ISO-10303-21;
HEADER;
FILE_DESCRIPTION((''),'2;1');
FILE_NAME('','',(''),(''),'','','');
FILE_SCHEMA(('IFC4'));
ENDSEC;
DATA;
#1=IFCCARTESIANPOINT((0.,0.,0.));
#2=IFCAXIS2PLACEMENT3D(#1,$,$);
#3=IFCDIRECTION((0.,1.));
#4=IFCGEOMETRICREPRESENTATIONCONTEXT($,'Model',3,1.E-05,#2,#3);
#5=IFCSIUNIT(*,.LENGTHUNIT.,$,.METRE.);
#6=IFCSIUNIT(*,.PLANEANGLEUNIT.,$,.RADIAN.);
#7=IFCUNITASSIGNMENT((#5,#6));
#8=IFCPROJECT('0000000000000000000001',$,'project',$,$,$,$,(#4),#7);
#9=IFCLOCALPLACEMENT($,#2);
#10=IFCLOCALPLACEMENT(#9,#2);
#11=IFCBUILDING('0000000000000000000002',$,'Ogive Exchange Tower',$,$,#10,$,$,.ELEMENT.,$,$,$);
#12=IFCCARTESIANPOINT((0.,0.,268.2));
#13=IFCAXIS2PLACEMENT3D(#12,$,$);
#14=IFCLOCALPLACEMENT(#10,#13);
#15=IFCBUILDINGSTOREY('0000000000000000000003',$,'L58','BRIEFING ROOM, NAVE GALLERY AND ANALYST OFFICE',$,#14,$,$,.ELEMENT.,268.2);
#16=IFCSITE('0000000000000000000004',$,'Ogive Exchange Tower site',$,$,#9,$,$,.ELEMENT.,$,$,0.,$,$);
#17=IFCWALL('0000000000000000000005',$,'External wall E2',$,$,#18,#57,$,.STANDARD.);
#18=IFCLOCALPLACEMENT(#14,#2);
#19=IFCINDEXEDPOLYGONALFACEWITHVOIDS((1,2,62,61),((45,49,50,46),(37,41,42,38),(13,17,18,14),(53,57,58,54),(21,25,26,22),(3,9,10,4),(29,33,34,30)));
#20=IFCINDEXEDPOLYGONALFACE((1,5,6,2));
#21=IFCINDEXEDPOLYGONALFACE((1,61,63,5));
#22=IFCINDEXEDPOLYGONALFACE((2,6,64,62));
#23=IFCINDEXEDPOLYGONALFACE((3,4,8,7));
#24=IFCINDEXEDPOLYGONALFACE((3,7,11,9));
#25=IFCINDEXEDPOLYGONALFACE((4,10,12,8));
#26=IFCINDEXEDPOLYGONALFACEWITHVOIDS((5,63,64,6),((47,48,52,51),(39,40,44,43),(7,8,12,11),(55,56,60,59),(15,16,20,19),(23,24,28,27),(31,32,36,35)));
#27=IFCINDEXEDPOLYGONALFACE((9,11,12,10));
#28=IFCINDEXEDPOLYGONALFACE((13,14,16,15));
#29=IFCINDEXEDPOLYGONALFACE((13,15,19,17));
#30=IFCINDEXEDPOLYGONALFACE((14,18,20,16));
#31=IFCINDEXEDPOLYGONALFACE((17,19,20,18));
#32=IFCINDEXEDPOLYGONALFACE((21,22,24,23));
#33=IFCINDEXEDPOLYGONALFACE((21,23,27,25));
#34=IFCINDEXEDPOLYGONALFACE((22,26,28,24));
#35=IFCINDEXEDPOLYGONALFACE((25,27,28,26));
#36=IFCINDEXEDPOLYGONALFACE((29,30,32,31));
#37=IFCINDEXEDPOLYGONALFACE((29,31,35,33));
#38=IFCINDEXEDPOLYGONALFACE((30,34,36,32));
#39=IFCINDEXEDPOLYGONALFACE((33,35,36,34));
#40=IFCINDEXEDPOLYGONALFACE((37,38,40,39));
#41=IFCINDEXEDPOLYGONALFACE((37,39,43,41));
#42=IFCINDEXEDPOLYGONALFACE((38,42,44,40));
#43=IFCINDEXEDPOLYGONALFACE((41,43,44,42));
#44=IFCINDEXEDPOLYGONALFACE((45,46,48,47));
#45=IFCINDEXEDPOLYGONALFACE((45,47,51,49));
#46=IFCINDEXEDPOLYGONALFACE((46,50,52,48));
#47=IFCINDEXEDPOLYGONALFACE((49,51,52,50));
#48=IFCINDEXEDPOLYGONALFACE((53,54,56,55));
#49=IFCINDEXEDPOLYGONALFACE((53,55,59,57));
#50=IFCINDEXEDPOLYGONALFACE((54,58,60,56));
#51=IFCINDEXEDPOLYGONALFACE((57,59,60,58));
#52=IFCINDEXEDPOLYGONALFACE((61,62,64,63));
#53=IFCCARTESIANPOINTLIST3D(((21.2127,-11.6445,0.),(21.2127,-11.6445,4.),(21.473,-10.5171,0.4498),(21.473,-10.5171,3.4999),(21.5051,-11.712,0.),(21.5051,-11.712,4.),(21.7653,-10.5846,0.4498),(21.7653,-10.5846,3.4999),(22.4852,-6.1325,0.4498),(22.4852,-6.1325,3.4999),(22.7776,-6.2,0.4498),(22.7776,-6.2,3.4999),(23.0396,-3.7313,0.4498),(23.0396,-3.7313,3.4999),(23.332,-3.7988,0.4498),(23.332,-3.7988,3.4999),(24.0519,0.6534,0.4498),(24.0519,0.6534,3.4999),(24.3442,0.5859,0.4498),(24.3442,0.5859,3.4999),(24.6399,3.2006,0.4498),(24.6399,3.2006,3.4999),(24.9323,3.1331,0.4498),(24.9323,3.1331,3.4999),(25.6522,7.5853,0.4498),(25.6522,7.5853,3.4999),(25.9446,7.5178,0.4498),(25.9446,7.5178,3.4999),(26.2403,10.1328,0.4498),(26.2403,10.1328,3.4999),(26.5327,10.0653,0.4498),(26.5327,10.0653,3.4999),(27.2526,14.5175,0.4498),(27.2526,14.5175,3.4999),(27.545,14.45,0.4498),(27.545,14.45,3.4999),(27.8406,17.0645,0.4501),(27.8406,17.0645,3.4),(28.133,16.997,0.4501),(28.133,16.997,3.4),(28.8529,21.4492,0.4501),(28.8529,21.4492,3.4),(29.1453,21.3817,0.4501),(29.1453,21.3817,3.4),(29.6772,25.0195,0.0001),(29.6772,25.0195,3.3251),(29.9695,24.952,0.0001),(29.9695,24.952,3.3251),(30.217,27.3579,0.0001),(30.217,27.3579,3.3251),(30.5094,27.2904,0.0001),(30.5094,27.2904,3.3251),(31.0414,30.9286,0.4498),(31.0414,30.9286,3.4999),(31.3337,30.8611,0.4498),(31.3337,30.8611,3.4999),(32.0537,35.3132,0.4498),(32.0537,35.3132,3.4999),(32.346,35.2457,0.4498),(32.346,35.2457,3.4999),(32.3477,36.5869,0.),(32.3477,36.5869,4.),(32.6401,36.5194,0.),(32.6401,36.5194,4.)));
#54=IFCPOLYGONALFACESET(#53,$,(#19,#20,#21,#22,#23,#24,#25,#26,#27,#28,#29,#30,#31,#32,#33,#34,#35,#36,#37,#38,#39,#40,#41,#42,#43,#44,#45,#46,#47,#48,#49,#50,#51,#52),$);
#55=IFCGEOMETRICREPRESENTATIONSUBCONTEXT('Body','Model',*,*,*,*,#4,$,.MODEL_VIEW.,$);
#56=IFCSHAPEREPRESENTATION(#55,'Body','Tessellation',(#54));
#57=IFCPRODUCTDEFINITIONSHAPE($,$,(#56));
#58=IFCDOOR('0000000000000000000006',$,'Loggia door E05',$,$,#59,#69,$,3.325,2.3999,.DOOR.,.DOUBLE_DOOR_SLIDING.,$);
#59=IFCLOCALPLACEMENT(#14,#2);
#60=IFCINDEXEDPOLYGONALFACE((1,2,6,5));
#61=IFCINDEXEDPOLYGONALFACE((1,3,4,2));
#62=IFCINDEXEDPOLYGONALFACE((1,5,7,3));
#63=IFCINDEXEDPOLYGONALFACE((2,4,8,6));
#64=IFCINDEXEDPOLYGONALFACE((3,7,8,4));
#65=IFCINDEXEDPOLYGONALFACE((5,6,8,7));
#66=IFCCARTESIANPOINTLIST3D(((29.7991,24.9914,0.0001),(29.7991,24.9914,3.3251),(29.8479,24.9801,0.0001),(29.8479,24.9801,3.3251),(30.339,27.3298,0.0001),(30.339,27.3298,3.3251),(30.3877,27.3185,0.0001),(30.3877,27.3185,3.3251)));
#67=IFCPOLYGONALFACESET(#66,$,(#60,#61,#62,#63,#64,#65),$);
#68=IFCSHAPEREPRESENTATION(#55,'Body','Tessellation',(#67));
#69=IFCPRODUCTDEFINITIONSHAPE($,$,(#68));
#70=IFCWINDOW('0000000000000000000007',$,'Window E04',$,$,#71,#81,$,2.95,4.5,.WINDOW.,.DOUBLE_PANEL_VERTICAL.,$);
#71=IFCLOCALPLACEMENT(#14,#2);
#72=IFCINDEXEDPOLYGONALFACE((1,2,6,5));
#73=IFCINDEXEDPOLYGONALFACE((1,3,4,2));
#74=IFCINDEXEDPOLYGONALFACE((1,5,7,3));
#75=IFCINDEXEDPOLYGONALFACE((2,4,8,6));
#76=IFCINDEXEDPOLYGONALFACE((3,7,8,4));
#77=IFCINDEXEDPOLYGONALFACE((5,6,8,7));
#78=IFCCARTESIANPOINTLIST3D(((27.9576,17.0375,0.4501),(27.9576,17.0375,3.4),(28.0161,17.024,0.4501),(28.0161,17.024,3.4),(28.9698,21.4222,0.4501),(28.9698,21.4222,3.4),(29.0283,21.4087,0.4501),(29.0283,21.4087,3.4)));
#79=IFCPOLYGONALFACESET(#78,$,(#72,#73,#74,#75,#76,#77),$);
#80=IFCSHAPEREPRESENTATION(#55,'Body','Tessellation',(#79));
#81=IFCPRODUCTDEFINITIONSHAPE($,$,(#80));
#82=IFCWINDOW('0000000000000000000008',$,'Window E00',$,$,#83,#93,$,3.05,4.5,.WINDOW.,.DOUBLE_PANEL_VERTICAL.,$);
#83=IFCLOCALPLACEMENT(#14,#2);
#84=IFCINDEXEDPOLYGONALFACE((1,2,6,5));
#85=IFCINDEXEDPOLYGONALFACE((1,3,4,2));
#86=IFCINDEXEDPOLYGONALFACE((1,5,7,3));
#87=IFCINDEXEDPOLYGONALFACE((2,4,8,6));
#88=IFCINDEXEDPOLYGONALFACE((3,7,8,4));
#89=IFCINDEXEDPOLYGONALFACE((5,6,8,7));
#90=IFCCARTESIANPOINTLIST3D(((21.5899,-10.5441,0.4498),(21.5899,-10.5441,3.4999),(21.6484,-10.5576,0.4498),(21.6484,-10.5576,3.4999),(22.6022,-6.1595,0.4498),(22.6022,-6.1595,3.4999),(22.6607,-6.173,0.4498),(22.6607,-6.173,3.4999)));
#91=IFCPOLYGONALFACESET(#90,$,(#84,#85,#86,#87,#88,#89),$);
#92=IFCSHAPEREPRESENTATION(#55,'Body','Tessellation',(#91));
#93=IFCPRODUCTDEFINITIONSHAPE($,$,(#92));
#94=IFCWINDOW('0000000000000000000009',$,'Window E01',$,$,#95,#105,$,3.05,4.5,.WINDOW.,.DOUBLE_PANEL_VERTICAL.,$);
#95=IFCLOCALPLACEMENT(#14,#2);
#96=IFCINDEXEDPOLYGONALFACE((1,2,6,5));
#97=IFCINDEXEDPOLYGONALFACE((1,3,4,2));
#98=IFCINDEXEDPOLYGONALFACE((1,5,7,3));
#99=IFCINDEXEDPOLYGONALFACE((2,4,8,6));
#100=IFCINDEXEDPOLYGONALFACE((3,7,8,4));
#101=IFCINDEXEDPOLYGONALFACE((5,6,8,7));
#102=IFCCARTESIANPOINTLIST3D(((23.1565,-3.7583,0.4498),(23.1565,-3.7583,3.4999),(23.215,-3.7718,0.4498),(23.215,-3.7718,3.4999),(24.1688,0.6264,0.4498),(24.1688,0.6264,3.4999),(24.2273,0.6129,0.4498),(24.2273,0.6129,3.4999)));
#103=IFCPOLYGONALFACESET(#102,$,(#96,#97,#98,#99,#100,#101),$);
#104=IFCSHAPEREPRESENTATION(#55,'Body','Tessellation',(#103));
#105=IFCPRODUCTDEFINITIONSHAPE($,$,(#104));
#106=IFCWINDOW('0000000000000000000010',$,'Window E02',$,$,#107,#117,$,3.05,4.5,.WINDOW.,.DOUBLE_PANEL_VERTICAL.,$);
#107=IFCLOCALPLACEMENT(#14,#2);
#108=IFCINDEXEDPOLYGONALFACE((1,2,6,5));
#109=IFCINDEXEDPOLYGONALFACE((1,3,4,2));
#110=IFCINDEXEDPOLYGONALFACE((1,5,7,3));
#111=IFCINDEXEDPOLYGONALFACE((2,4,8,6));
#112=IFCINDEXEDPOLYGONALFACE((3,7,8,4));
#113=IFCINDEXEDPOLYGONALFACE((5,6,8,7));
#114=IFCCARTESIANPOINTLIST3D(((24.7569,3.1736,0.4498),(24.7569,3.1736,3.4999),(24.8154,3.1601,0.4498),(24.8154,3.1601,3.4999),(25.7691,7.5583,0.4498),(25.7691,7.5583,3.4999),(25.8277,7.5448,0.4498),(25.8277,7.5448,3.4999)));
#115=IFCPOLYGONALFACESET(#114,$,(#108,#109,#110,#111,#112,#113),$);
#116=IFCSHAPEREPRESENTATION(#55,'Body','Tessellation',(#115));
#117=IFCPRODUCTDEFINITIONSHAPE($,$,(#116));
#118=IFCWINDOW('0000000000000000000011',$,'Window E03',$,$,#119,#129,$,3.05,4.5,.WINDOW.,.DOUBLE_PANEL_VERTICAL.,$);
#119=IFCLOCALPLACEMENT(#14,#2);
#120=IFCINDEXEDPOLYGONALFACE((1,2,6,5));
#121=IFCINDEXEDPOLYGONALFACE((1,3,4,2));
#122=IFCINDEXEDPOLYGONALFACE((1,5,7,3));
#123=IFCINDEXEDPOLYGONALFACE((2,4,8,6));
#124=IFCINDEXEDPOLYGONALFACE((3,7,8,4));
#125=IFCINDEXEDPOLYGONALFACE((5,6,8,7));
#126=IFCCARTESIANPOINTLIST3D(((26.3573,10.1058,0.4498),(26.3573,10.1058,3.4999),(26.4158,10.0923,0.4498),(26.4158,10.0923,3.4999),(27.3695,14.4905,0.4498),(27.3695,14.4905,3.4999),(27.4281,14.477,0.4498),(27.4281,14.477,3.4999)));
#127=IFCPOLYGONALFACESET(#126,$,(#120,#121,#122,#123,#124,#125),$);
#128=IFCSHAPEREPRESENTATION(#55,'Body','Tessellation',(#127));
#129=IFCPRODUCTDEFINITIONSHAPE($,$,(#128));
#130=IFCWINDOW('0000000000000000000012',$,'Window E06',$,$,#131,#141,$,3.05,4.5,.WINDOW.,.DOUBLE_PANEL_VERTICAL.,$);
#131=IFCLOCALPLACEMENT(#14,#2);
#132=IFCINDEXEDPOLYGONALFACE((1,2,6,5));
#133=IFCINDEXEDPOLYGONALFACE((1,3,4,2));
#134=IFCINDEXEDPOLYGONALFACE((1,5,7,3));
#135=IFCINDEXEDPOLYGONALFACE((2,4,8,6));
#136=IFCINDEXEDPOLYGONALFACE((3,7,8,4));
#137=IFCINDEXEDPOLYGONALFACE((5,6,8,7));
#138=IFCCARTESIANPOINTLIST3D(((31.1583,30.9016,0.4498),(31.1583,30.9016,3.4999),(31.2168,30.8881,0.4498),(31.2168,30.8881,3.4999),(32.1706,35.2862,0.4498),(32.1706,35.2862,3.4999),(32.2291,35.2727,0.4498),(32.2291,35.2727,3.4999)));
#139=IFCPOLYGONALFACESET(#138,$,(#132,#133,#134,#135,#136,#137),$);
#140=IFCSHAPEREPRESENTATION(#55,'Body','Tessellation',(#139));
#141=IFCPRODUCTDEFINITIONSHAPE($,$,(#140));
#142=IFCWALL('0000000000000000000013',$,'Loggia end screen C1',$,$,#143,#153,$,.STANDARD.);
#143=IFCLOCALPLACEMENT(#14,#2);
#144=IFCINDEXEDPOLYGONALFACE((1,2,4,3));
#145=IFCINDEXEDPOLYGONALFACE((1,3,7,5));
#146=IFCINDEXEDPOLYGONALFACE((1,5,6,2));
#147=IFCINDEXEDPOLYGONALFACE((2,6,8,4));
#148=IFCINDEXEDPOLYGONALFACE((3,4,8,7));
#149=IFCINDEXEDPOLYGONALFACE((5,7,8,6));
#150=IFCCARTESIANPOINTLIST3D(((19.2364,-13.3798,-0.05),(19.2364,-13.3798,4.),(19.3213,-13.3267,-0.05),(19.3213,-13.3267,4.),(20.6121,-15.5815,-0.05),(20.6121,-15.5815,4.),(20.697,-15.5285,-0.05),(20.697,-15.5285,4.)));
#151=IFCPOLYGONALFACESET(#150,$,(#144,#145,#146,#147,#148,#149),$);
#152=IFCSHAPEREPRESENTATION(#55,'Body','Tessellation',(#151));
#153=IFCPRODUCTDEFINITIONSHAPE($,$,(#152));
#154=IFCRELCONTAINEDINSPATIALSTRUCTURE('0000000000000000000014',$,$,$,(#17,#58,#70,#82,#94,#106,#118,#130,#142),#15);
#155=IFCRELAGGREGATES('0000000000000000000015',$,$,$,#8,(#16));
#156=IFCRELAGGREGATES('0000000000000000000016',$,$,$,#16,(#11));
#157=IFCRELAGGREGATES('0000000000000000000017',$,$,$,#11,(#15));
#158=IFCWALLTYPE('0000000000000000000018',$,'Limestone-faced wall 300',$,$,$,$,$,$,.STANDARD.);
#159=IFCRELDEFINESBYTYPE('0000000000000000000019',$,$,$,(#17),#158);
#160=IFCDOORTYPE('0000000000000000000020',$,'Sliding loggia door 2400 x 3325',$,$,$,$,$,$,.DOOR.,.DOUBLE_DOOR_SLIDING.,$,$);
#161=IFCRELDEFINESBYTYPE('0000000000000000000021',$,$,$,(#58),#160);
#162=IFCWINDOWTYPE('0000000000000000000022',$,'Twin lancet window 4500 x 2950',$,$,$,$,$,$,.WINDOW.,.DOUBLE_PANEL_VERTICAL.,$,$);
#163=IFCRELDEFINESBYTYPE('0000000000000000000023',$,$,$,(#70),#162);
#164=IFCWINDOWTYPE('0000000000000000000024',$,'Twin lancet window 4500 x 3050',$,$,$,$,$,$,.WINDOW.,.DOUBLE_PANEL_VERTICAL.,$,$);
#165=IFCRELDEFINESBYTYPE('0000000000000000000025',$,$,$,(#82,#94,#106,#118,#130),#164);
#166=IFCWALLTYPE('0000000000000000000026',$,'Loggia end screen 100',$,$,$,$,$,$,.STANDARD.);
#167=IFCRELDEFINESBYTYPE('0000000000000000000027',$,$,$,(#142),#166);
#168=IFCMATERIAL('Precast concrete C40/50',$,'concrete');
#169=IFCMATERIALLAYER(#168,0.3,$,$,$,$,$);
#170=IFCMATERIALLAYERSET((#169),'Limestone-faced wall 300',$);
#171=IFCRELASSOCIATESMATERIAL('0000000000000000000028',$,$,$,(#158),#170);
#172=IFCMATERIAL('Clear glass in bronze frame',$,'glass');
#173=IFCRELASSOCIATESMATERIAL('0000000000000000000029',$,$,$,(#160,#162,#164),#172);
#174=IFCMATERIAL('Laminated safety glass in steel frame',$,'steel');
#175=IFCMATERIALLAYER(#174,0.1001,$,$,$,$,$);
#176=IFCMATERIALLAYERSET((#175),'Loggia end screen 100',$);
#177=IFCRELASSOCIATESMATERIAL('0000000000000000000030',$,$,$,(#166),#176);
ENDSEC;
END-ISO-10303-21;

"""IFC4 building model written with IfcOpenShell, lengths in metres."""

from ifc_helpers import new_model, si_unit, direction, frame, frame_2d, origin, place, context, subcontext, project, spatial, rectangle, extrude, material, layer, layer_set, type_object, element, fill, save


model = new_model("IFC4")

# Units and contexts
model_context = context("Model", 3, precision=1e-05, world=origin(), true_north=direction((0.0, 1.0)))
body_context = subcontext(model_context, "Body", "Model", "MODEL_VIEW")
ifc_project = project(units=[si_unit("LENGTHUNIT", "METRE"), si_unit("PLANEANGLEUNIT", "RADIAN")], contexts=[model_context])

# Site, building, storey
site_placement = place(None, origin())
site = spatial("IfcSite", under=ifc_project, at=site_placement, Name="Ogive Exchange Tower site", CompositionType="ELEMENT", RefElevation=0.0)
building_placement = place(site_placement, origin())
building = spatial("IfcBuilding", under=site, at=building_placement, Name="Ogive Exchange Tower", CompositionType="ELEMENT")
storey_placement = place(building_placement, frame((0.0, 0.0, 268.2)))
storey = spatial("IfcBuildingStorey", under=building, at=storey_placement, Name="L58", Description="BRIEFING ROOM, NAVE GALLERY AND ANALYST OFFICE", CompositionType="ELEMENT", Elevation=268.2)

# Wall, openings, door, windows
ifc_material_1 = material(Name="Precast concrete C40/50", Category="concrete")
ifc_layer_1 = layer(ifc_material_1, 0.3)
ifc_layer_set_1 = layer_set([ifc_layer_1], Name="Limestone-faced wall 300")
wall_type_1 = type_object("IfcWallType", Name="Limestone-faced wall 300", PredefinedType="STANDARD", material=ifc_layer_set_1)
wall_1_placement = place(storey_placement, frame((21.3589, -11.6782, 0.0), z_axis=(0.0, 0.0, 1.0), x_axis=(0.224949, 0.97437, 0.0)))
wall_1 = element("IfcWall", 1, at=wall_1_placement, inside=storey, type_object=wall_type_1, Name="External wall E2", PredefinedType="STANDARD", context=body_context, shape_type="SweptSolid", body=[
    extrude(rectangle(XDim=49.5, YDim=0.3, at=frame_2d((24.75, 0.0))), origin(), (0.0, 0.0, 1.0), 4.0),
])
opening_1_placement = place(wall_1_placement, frame((1.157, 0.0, 0.45)))
opening_1 = element("IfcOpeningElement", 2, at=opening_1_placement, cuts=wall_1, PredefinedType="OPENING", context=body_context, shape_type="SweptSolid", body=[
    extrude(rectangle(XDim=4.5, YDim=3.05, at=frame_2d((2.25, 1.5249))), frame((0.0, 0.1599, 0.0), z_axis=(0.0, -1.0, 0.0), x_axis=(1.0, 0.0, 0.0)), (0.0, 0.0, 1.0), 0.3201),
])
opening_2_placement = place(wall_1_placement, frame((8.1213, 0.0, 0.45)))
opening_2 = element("IfcOpeningElement", 3, at=opening_2_placement, cuts=wall_1, PredefinedType="OPENING", context=body_context, shape_type="SweptSolid", body=[
    extrude(rectangle(XDim=4.5, YDim=3.05, at=frame_2d((2.25, 1.5249))), frame((0.0, 0.1599, 0.0), z_axis=(0.0, -1.0, 0.0), x_axis=(1.0, 0.0, 0.0)), (0.0, 0.0, 1.0), 0.3201),
])
opening_3_placement = place(wall_1_placement, frame((15.2356, 0.0, 0.45)))
opening_3 = element("IfcOpeningElement", 4, at=opening_3_placement, cuts=wall_1, PredefinedType="OPENING", context=body_context, shape_type="SweptSolid", body=[
    extrude(rectangle(XDim=4.5, YDim=3.05, at=frame_2d((2.25, 1.5249))), frame((0.0, 0.1599, 0.0), z_axis=(0.0, -1.0, 0.0), x_axis=(1.0, 0.0, 0.0)), (0.0, 0.0, 1.0), 0.3201),
])
opening_4_placement = place(wall_1_placement, frame((22.3501, 0.0, 0.45)))
opening_4 = element("IfcOpeningElement", 5, at=opening_4_placement, cuts=wall_1, PredefinedType="OPENING", context=body_context, shape_type="SweptSolid", body=[
    extrude(rectangle(XDim=4.5, YDim=3.05, at=frame_2d((2.25, 1.5249))), frame((0.0, 0.1599, 0.0), z_axis=(0.0, -1.0, 0.0), x_axis=(1.0, 0.0, 0.0)), (0.0, 0.0, 1.0), 0.3201),
])
opening_5_placement = place(wall_1_placement, frame((29.4641, 0.0, 0.45)))
opening_5 = element("IfcOpeningElement", 6, at=opening_5_placement, cuts=wall_1, PredefinedType="OPENING", context=body_context, shape_type="SweptSolid", body=[
    extrude(rectangle(XDim=4.5, YDim=2.95, at=frame_2d((2.25, 1.4751))), frame((0.0, 0.1599, 0.0), z_axis=(0.0, -1.0, 0.0), x_axis=(1.0, 0.0, 0.0)), (0.0, 0.0, 1.0), 0.3201),
])
opening_6_placement = place(wall_1_placement, frame((37.6284, 0.0, 0.0)))
opening_6 = element("IfcOpeningElement", 7, at=opening_6_placement, cuts=wall_1, PredefinedType="OPENING", context=body_context, shape_type="SweptSolid", body=[
    extrude(rectangle(XDim=2.3999, YDim=3.325, at=frame_2d((1.2, 1.6626))), frame((0.0, 0.1599, 0.0), z_axis=(0.0, -1.0, 0.0), x_axis=(1.0, 0.0, 0.0)), (0.0, 0.0, 1.0), 0.3201),
])
opening_7_placement = place(wall_1_placement, frame((43.6929, 0.0, 0.45)))
opening_7 = element("IfcOpeningElement", 8, at=opening_7_placement, cuts=wall_1, PredefinedType="OPENING", context=body_context, shape_type="SweptSolid", body=[
    extrude(rectangle(XDim=4.5, YDim=3.05, at=frame_2d((2.25, 1.5249))), frame((0.0, 0.1599, 0.0), z_axis=(0.0, -1.0, 0.0), x_axis=(1.0, 0.0, 0.0)), (0.0, 0.0, 1.0), 0.3201),
])
ifc_material_2 = material(Name="Clear glass in bronze frame", Category="glass")
door_type_1 = type_object("IfcDoorType", Name="Sliding loggia door 2400 x 3325", OperationType="DOUBLE_DOOR_SLIDING", PredefinedType="DOOR", material=ifc_material_2)
door_1_placement = place(opening_6_placement, origin())
door_1 = element("IfcDoor", 9, at=door_1_placement, inside=storey, type_object=door_type_1, Name="Loggia door E05", OperationType="DOUBLE_DOOR_SLIDING", OverallHeight=3.325, OverallWidth=2.3999, PredefinedType="DOOR", context=body_context, shape_type="SweptSolid", body=[
    extrude(rectangle(XDim=2.3999, YDim=3.325, at=frame_2d((1.2, 1.6626))), frame((0.0, 0.0249, 0.0), z_axis=(0.0, -1.0, 0.0), x_axis=(1.0, 0.0, 0.0)), (0.0, 0.0, 1.0), 0.05),
])
fill(opening_6, door_1)
window_type_1 = type_object("IfcWindowType", Name="Twin lancet window 4500 x 2950", PartitioningType="DOUBLE_PANEL_VERTICAL", PredefinedType="WINDOW", material=ifc_material_2)
window_1_placement = place(opening_5_placement, origin())
window_1 = element("IfcWindow", 10, at=window_1_placement, inside=storey, type_object=window_type_1, Name="Window E04", OverallHeight=2.95, OverallWidth=4.5, PartitioningType="DOUBLE_PANEL_VERTICAL", PredefinedType="WINDOW", context=body_context, shape_type="SweptSolid", body=[
    extrude(rectangle(XDim=4.5, YDim=2.95, at=frame_2d((2.25, 1.4751))), frame((0.0, 0.03, 0.0), z_axis=(0.0, -1.0, 0.0), x_axis=(1.0, 0.0, 0.0)), (0.0, 0.0, 1.0), 0.0601),
])
fill(opening_5, window_1)
window_type_2 = type_object("IfcWindowType", Name="Twin lancet window 4500 x 3050", PartitioningType="DOUBLE_PANEL_VERTICAL", PredefinedType="WINDOW", material=ifc_material_2)
window_2_placement = place(opening_1_placement, origin())
window_2 = element("IfcWindow", 11, at=window_2_placement, inside=storey, type_object=window_type_2, Name="Window E00", OverallHeight=3.05, OverallWidth=4.5, PartitioningType="DOUBLE_PANEL_VERTICAL", PredefinedType="WINDOW", context=body_context, shape_type="SweptSolid", body=[
    extrude(rectangle(XDim=4.5, YDim=3.05, at=frame_2d((2.25, 1.5249))), frame((0.0, 0.03, 0.0), z_axis=(0.0, -1.0, 0.0), x_axis=(1.0, 0.0, 0.0)), (0.0, 0.0, 1.0), 0.0601),
])
fill(opening_1, window_2)
window_3_placement = place(opening_2_placement, origin())
window_3 = element("IfcWindow", 12, at=window_3_placement, inside=storey, type_object=window_type_2, Name="Window E01", OverallHeight=3.05, OverallWidth=4.5, PartitioningType="DOUBLE_PANEL_VERTICAL", PredefinedType="WINDOW", context=body_context, shape_type="SweptSolid", body=[
    extrude(rectangle(XDim=4.5, YDim=3.05, at=frame_2d((2.25, 1.5249))), frame((0.0, 0.03, 0.0), z_axis=(0.0, -1.0, 0.0), x_axis=(1.0, 0.0, 0.0)), (0.0, 0.0, 1.0), 0.0601),
])
fill(opening_2, window_3)
window_4_placement = place(opening_3_placement, origin())
window_4 = element("IfcWindow", 13, at=window_4_placement, inside=storey, type_object=window_type_2, Name="Window E02", OverallHeight=3.05, OverallWidth=4.5, PartitioningType="DOUBLE_PANEL_VERTICAL", PredefinedType="WINDOW", context=body_context, shape_type="SweptSolid", body=[
    extrude(rectangle(XDim=4.5, YDim=3.05, at=frame_2d((2.25, 1.5249))), frame((0.0, 0.03, 0.0), z_axis=(0.0, -1.0, 0.0), x_axis=(1.0, 0.0, 0.0)), (0.0, 0.0, 1.0), 0.0601),
])
fill(opening_3, window_4)
window_5_placement = place(opening_4_placement, origin())
window_5 = element("IfcWindow", 14, at=window_5_placement, inside=storey, type_object=window_type_2, Name="Window E03", OverallHeight=3.05, OverallWidth=4.5, PartitioningType="DOUBLE_PANEL_VERTICAL", PredefinedType="WINDOW", context=body_context, shape_type="SweptSolid", body=[
    extrude(rectangle(XDim=4.5, YDim=3.05, at=frame_2d((2.25, 1.5249))), frame((0.0, 0.03, 0.0), z_axis=(0.0, -1.0, 0.0), x_axis=(1.0, 0.0, 0.0)), (0.0, 0.0, 1.0), 0.0601),
])
fill(opening_4, window_5)
window_6_placement = place(opening_7_placement, origin())
window_6 = element("IfcWindow", 15, at=window_6_placement, inside=storey, type_object=window_type_2, Name="Window E06", OverallHeight=3.05, OverallWidth=4.5, PartitioningType="DOUBLE_PANEL_VERTICAL", PredefinedType="WINDOW", context=body_context, shape_type="SweptSolid", body=[
    extrude(rectangle(XDim=4.5, YDim=3.05, at=frame_2d((2.25, 1.5249))), frame((0.0, 0.03, 0.0), z_axis=(0.0, -1.0, 0.0), x_axis=(1.0, 0.0, 0.0)), (0.0, 0.0, 1.0), 0.0601),
])
fill(opening_7, window_6)

# Wall
ifc_material_3 = material(Name="Laminated safety glass in steel frame", Category="steel")
ifc_layer_2 = layer(ifc_material_3, 0.1001)
ifc_layer_set_2 = layer_set([ifc_layer_2], Name="Loggia end screen 100")
wall_type_2 = type_object("IfcWallType", Name="Loggia end screen 100", PredefinedType="STANDARD", material=ifc_layer_set_2)
wall_2_placement = place(storey_placement, frame((19.2788, -13.3533, -0.05), z_axis=(0.0, 0.0, 1.0), x_axis=(0.529914, -0.848051, 0.0)))
element("IfcWall", 16, at=wall_2_placement, inside=storey, type_object=wall_type_2, Name="Loggia end screen C1", PredefinedType="STANDARD", context=body_context, shape_type="SweptSolid", body=[
    extrude(rectangle(XDim=2.5962, YDim=0.1001, at=frame_2d((1.2981, 0.0))), origin(), (0.0, 0.0, 1.0), 4.05),
])

save(model, "model.ifc")
